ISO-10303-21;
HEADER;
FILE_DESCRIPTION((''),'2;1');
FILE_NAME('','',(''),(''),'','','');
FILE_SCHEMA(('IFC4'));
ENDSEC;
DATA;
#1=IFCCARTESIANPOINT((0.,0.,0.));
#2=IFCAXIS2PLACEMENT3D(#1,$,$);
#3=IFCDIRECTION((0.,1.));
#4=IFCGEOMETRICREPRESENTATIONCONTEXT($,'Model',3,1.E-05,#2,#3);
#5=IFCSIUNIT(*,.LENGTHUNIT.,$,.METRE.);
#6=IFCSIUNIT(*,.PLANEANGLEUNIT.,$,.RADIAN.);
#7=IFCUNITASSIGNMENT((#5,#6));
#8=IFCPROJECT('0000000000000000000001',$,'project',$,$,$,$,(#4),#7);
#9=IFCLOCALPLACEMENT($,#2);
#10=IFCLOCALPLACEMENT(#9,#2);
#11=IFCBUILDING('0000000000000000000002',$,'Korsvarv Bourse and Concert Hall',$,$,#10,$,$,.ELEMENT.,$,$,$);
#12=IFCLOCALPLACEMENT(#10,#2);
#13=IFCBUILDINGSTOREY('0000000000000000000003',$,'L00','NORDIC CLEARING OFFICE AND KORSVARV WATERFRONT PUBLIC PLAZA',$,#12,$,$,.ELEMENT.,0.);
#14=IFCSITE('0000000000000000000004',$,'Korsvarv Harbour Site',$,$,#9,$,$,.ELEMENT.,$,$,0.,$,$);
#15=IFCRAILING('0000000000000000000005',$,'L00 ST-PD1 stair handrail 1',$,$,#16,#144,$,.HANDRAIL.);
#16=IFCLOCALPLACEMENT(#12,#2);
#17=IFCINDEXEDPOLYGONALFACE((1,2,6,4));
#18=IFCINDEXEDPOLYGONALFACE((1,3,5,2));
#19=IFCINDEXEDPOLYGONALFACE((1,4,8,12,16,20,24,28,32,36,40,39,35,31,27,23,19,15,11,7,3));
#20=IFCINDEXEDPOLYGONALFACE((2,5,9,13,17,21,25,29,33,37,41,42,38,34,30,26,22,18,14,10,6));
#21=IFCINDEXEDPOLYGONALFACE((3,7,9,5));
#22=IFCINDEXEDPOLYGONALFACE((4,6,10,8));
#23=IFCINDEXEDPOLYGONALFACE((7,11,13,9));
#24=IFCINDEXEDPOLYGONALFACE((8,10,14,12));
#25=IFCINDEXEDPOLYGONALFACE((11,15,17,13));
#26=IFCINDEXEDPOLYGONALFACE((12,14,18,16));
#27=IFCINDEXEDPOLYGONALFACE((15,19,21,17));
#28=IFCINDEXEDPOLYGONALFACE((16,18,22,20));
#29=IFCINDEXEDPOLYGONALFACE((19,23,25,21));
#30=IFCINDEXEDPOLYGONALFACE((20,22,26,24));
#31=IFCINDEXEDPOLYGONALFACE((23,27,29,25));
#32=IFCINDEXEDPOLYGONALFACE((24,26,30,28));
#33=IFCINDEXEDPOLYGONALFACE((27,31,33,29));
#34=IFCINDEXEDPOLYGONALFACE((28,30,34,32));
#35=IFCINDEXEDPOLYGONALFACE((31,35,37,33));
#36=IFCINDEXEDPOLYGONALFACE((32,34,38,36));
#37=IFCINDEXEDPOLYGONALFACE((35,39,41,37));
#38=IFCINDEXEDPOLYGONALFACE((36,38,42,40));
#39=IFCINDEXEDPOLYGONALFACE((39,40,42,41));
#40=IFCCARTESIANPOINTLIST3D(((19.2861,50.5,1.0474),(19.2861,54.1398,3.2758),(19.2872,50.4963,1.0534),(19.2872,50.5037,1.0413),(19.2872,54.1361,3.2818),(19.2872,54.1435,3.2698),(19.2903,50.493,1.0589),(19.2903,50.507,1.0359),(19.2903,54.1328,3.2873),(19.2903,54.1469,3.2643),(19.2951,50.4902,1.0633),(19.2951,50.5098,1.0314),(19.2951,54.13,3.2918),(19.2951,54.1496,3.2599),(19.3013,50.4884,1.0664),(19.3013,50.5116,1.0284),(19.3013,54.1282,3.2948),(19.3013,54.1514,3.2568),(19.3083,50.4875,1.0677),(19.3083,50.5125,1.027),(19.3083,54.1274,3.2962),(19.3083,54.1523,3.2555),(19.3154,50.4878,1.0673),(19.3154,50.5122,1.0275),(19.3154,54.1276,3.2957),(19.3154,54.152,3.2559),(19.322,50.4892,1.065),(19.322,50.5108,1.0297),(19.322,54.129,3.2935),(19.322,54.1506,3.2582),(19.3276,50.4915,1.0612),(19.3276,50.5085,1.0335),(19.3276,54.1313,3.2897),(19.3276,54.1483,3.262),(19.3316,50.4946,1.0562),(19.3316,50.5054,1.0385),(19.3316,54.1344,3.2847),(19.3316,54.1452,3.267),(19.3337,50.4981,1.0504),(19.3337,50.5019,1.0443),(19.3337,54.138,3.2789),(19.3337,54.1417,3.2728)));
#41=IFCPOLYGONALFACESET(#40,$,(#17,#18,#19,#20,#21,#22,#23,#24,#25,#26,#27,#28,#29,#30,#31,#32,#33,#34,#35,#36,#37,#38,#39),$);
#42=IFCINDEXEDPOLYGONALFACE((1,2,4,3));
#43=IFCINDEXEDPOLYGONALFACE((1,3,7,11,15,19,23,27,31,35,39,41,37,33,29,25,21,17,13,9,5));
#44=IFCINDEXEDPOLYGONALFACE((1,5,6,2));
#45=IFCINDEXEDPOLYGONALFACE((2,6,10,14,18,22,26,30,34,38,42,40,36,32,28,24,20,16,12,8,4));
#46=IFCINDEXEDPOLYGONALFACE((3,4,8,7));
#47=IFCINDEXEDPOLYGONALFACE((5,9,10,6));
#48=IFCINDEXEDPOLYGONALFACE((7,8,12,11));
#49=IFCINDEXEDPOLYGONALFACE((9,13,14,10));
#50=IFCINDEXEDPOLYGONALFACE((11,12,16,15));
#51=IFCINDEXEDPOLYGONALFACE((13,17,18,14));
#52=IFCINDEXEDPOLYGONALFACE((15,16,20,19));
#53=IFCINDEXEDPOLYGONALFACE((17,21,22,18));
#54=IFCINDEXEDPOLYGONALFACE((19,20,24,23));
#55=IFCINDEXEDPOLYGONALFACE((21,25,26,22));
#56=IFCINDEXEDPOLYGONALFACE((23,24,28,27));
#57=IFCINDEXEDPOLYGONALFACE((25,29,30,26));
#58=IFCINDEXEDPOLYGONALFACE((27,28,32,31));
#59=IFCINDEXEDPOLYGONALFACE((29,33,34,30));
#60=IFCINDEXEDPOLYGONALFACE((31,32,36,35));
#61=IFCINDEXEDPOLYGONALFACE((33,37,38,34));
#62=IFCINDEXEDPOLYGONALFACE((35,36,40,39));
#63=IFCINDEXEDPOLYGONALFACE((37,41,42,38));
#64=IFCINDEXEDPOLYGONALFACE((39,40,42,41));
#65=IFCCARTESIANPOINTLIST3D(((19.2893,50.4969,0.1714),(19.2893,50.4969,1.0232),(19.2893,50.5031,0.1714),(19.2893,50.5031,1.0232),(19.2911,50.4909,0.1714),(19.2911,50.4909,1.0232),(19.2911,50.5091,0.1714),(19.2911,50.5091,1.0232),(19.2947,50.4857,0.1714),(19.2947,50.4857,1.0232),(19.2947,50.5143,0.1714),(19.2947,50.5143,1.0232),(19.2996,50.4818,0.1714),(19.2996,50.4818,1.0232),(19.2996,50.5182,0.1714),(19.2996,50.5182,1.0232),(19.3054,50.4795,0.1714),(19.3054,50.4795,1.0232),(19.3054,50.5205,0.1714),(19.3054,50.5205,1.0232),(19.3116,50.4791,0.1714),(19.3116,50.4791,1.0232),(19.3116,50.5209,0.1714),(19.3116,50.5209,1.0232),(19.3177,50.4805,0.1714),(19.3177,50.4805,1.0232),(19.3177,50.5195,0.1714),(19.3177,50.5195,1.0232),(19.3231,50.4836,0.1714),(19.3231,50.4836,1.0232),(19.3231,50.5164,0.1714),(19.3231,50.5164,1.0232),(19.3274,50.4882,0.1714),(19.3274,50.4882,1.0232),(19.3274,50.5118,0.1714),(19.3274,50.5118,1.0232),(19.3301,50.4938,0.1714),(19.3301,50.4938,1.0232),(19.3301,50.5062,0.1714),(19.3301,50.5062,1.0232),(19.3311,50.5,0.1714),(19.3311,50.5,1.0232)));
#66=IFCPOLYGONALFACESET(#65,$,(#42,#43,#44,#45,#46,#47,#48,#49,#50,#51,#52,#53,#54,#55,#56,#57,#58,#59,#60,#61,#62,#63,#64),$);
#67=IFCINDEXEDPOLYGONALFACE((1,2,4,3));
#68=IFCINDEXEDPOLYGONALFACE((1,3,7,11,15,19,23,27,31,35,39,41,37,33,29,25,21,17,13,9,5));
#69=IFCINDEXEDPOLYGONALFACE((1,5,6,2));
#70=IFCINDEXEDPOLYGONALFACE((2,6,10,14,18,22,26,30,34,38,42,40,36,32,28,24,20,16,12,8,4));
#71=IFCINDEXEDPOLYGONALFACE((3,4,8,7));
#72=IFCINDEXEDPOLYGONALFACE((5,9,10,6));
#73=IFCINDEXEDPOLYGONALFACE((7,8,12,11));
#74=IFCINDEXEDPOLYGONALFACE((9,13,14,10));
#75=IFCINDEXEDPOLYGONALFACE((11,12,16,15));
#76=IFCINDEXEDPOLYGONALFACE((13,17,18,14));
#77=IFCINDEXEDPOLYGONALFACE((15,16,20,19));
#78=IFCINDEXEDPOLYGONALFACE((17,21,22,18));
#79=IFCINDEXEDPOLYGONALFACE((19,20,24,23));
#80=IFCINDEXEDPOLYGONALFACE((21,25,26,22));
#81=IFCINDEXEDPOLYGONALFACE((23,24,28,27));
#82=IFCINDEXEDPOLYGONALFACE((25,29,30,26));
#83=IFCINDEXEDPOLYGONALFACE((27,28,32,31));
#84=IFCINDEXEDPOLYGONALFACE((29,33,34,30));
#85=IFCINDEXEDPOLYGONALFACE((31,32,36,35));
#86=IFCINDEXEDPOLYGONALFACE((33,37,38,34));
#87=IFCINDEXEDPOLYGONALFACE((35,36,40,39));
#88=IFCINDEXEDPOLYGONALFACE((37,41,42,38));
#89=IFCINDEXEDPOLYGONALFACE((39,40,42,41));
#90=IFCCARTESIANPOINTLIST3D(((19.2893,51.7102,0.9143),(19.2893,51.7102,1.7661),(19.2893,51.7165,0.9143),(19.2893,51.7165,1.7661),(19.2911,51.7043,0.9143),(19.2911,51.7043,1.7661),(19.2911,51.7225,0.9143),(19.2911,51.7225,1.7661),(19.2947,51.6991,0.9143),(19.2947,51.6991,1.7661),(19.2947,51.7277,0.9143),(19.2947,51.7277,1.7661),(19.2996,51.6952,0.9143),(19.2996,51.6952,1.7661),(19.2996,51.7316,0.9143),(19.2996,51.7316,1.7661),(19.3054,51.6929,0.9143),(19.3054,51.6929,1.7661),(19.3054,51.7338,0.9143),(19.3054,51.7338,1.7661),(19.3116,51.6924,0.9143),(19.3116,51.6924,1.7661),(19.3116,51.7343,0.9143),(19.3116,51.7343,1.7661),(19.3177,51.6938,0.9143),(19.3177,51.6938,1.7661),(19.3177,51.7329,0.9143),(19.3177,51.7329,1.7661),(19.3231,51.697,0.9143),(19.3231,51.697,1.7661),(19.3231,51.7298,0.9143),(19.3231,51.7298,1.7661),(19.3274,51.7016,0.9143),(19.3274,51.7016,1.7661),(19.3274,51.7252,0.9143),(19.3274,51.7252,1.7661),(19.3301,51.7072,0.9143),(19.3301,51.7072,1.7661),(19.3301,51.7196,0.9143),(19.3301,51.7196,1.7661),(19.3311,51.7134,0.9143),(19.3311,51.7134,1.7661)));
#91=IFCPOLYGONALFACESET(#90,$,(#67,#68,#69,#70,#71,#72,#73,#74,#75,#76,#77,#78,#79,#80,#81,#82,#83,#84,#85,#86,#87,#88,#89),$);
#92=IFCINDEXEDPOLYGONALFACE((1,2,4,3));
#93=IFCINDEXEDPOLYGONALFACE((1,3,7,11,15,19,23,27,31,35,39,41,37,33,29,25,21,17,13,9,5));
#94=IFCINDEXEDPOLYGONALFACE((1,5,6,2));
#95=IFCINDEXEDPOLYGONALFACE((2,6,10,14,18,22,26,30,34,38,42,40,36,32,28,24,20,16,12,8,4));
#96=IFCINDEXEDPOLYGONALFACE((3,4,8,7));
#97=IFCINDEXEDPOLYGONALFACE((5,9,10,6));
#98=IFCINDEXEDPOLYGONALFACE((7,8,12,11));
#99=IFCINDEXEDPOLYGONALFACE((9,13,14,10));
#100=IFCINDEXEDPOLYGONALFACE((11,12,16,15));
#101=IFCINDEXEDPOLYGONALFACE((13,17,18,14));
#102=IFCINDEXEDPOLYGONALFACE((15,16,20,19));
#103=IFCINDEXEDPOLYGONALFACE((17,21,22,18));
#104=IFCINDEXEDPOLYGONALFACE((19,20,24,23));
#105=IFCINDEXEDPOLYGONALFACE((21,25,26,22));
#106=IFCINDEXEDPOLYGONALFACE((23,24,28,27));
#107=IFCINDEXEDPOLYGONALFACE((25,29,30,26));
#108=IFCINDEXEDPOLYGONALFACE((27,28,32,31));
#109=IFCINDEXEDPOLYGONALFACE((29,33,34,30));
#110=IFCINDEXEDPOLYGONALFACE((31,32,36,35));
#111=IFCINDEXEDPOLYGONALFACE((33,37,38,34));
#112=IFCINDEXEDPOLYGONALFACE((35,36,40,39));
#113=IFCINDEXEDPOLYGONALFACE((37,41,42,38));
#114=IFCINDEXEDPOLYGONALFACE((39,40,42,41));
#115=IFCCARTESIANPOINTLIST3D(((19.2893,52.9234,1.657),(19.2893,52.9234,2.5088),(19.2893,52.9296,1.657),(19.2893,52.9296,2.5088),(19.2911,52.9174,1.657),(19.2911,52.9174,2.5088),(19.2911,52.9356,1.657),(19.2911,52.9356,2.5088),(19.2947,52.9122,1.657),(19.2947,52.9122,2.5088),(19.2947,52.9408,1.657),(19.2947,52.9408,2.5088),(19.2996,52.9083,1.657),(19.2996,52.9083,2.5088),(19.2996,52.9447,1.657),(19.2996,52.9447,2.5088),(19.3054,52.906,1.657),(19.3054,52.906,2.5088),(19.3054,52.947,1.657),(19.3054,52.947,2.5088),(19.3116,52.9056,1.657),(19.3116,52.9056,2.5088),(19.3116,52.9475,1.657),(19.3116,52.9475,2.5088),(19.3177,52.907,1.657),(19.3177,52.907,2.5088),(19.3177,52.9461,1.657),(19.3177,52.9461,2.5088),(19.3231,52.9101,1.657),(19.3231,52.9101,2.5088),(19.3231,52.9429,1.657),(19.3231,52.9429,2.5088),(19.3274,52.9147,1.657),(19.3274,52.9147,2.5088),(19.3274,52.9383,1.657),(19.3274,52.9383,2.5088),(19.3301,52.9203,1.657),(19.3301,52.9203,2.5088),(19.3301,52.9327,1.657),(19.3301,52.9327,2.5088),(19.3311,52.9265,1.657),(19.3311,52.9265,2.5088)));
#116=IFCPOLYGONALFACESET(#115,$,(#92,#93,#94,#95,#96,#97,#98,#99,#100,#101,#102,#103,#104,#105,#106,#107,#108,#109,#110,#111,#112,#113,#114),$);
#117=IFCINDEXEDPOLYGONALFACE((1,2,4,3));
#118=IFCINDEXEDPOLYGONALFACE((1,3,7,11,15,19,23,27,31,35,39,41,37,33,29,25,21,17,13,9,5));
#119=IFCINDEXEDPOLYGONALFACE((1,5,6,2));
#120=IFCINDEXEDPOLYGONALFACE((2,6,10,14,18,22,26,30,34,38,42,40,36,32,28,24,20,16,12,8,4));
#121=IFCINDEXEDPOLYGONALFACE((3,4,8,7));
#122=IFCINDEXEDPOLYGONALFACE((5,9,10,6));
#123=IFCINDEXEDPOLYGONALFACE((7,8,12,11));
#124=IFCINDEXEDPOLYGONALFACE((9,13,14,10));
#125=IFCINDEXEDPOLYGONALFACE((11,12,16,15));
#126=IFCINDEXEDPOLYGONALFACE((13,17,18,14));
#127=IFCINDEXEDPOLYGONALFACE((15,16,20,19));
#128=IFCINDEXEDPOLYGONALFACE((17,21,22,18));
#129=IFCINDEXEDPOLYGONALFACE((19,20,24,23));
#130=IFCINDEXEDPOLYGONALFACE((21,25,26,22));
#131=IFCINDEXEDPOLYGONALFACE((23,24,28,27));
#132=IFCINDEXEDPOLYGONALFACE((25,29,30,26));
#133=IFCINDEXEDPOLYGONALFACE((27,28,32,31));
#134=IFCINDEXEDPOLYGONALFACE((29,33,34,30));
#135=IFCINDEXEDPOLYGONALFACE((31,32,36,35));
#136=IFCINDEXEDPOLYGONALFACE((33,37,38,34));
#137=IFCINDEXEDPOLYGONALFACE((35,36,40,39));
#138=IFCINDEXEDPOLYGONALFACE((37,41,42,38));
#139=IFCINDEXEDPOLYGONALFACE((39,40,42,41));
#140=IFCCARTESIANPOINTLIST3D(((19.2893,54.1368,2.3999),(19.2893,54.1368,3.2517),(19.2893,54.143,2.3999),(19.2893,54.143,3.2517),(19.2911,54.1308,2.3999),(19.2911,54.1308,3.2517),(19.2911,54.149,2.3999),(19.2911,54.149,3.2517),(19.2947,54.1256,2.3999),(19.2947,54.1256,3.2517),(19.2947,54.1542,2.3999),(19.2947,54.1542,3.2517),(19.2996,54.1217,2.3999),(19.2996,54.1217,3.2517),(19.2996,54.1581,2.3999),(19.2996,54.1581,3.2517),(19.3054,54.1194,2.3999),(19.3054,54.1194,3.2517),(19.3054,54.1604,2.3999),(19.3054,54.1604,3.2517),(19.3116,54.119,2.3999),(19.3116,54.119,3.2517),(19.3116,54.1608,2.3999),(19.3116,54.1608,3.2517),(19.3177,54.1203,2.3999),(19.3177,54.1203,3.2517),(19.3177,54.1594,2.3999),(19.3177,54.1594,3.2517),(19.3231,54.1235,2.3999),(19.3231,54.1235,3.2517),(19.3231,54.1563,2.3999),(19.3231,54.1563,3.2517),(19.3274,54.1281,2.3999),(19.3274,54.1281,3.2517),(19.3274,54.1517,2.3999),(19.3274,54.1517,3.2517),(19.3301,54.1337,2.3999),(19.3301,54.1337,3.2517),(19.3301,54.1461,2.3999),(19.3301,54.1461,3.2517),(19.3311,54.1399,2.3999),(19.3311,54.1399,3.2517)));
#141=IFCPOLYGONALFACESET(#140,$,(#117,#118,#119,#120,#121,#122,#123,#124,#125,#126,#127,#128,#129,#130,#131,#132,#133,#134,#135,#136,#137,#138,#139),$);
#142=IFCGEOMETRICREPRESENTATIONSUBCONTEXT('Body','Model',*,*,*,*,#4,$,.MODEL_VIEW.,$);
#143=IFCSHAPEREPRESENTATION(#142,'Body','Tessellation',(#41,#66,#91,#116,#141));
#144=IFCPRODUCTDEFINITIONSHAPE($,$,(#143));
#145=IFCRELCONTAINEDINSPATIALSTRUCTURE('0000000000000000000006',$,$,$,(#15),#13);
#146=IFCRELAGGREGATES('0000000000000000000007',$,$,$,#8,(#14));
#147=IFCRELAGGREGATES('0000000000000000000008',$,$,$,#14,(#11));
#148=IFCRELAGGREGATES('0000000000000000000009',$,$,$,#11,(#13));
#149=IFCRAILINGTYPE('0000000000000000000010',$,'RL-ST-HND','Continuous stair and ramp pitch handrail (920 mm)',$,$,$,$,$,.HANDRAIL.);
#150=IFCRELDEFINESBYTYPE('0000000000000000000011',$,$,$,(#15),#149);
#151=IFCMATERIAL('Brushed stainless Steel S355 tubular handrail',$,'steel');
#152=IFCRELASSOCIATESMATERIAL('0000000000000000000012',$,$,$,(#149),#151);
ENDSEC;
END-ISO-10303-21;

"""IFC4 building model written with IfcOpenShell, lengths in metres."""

from ifc_helpers import new_model, si_unit, direction, frame, origin, origin_2d, place, context, subcontext, project, spatial, circle, extrude, material, type_object, element, save


model = new_model("IFC4")

# Units and contexts
model_context = context("Model", 3, precision=1e-05, world=origin(), true_north=direction((0.0, 1.0)))
body_context = subcontext(model_context, "Body", "Model", "MODEL_VIEW")
ifc_project = project(units=[si_unit("LENGTHUNIT", "METRE"), si_unit("PLANEANGLEUNIT", "RADIAN")], contexts=[model_context])

# Site, building, storey
site_placement = place(None, origin())
site = spatial("IfcSite", under=ifc_project, at=site_placement, Name="Korsvarv Harbour Site", CompositionType="ELEMENT", RefElevation=0.0)
building_placement = place(site_placement, origin())
building = spatial("IfcBuilding", under=site, at=building_placement, Name="Korsvarv Bourse and Concert Hall", CompositionType="ELEMENT")
storey_placement = place(building_placement, origin())
storey = spatial("IfcBuildingStorey", under=building, at=storey_placement, Name="L00", Description="NORDIC CLEARING OFFICE AND KORSVARV WATERFRONT PUBLIC PLAZA", CompositionType="ELEMENT", Elevation=0.0)

# Railing
ifc_material_1 = material(Name="Brushed stainless Steel S355 tubular handrail", Category="steel")
railing_type_1 = type_object("IfcRailingType", Name="RL-ST-HND", Description="Continuous stair and ramp pitch handrail (920 mm)", PredefinedType="HANDRAIL", material=ifc_material_1)
railing_1_placement = place(storey_placement, frame((19.3101, 50.5, 0.1714)))
element("IfcRailing", 1, at=railing_1_placement, inside=storey, type_object=railing_type_1, Name="L00 ST-PD1 stair handrail 1", PredefinedType="HANDRAIL", context=body_context, shape_type="SweptSolid", body=[
    extrude(circle(Radius=0.0239, at=origin_2d()), frame((0.0, 0.0, 0.876), z_axis=(0.0, 0.85285, 0.522156), x_axis=(-1.0, 0.0, 0.0)), (0.0, 0.0, 1.0), 4.2678),
    extrude(circle(Radius=0.021, at=origin_2d()), origin(), (0.0, 0.0, 1.0), 0.8518),
    extrude(circle(Radius=0.021, at=origin_2d()), frame((0.0, 1.2134, 0.7429)), (0.0, 0.0, 1.0), 0.8518),
    extrude(circle(Radius=0.021, at=origin_2d()), frame((0.0, 2.4265, 1.4856)), (0.0, 0.0, 1.0), 0.8518),
    extrude(circle(Radius=0.021, at=origin_2d()), frame((0.0, 3.6399, 2.2285)), (0.0, 0.0, 1.0), 0.8518),
])

save(model, "model.ifc")
